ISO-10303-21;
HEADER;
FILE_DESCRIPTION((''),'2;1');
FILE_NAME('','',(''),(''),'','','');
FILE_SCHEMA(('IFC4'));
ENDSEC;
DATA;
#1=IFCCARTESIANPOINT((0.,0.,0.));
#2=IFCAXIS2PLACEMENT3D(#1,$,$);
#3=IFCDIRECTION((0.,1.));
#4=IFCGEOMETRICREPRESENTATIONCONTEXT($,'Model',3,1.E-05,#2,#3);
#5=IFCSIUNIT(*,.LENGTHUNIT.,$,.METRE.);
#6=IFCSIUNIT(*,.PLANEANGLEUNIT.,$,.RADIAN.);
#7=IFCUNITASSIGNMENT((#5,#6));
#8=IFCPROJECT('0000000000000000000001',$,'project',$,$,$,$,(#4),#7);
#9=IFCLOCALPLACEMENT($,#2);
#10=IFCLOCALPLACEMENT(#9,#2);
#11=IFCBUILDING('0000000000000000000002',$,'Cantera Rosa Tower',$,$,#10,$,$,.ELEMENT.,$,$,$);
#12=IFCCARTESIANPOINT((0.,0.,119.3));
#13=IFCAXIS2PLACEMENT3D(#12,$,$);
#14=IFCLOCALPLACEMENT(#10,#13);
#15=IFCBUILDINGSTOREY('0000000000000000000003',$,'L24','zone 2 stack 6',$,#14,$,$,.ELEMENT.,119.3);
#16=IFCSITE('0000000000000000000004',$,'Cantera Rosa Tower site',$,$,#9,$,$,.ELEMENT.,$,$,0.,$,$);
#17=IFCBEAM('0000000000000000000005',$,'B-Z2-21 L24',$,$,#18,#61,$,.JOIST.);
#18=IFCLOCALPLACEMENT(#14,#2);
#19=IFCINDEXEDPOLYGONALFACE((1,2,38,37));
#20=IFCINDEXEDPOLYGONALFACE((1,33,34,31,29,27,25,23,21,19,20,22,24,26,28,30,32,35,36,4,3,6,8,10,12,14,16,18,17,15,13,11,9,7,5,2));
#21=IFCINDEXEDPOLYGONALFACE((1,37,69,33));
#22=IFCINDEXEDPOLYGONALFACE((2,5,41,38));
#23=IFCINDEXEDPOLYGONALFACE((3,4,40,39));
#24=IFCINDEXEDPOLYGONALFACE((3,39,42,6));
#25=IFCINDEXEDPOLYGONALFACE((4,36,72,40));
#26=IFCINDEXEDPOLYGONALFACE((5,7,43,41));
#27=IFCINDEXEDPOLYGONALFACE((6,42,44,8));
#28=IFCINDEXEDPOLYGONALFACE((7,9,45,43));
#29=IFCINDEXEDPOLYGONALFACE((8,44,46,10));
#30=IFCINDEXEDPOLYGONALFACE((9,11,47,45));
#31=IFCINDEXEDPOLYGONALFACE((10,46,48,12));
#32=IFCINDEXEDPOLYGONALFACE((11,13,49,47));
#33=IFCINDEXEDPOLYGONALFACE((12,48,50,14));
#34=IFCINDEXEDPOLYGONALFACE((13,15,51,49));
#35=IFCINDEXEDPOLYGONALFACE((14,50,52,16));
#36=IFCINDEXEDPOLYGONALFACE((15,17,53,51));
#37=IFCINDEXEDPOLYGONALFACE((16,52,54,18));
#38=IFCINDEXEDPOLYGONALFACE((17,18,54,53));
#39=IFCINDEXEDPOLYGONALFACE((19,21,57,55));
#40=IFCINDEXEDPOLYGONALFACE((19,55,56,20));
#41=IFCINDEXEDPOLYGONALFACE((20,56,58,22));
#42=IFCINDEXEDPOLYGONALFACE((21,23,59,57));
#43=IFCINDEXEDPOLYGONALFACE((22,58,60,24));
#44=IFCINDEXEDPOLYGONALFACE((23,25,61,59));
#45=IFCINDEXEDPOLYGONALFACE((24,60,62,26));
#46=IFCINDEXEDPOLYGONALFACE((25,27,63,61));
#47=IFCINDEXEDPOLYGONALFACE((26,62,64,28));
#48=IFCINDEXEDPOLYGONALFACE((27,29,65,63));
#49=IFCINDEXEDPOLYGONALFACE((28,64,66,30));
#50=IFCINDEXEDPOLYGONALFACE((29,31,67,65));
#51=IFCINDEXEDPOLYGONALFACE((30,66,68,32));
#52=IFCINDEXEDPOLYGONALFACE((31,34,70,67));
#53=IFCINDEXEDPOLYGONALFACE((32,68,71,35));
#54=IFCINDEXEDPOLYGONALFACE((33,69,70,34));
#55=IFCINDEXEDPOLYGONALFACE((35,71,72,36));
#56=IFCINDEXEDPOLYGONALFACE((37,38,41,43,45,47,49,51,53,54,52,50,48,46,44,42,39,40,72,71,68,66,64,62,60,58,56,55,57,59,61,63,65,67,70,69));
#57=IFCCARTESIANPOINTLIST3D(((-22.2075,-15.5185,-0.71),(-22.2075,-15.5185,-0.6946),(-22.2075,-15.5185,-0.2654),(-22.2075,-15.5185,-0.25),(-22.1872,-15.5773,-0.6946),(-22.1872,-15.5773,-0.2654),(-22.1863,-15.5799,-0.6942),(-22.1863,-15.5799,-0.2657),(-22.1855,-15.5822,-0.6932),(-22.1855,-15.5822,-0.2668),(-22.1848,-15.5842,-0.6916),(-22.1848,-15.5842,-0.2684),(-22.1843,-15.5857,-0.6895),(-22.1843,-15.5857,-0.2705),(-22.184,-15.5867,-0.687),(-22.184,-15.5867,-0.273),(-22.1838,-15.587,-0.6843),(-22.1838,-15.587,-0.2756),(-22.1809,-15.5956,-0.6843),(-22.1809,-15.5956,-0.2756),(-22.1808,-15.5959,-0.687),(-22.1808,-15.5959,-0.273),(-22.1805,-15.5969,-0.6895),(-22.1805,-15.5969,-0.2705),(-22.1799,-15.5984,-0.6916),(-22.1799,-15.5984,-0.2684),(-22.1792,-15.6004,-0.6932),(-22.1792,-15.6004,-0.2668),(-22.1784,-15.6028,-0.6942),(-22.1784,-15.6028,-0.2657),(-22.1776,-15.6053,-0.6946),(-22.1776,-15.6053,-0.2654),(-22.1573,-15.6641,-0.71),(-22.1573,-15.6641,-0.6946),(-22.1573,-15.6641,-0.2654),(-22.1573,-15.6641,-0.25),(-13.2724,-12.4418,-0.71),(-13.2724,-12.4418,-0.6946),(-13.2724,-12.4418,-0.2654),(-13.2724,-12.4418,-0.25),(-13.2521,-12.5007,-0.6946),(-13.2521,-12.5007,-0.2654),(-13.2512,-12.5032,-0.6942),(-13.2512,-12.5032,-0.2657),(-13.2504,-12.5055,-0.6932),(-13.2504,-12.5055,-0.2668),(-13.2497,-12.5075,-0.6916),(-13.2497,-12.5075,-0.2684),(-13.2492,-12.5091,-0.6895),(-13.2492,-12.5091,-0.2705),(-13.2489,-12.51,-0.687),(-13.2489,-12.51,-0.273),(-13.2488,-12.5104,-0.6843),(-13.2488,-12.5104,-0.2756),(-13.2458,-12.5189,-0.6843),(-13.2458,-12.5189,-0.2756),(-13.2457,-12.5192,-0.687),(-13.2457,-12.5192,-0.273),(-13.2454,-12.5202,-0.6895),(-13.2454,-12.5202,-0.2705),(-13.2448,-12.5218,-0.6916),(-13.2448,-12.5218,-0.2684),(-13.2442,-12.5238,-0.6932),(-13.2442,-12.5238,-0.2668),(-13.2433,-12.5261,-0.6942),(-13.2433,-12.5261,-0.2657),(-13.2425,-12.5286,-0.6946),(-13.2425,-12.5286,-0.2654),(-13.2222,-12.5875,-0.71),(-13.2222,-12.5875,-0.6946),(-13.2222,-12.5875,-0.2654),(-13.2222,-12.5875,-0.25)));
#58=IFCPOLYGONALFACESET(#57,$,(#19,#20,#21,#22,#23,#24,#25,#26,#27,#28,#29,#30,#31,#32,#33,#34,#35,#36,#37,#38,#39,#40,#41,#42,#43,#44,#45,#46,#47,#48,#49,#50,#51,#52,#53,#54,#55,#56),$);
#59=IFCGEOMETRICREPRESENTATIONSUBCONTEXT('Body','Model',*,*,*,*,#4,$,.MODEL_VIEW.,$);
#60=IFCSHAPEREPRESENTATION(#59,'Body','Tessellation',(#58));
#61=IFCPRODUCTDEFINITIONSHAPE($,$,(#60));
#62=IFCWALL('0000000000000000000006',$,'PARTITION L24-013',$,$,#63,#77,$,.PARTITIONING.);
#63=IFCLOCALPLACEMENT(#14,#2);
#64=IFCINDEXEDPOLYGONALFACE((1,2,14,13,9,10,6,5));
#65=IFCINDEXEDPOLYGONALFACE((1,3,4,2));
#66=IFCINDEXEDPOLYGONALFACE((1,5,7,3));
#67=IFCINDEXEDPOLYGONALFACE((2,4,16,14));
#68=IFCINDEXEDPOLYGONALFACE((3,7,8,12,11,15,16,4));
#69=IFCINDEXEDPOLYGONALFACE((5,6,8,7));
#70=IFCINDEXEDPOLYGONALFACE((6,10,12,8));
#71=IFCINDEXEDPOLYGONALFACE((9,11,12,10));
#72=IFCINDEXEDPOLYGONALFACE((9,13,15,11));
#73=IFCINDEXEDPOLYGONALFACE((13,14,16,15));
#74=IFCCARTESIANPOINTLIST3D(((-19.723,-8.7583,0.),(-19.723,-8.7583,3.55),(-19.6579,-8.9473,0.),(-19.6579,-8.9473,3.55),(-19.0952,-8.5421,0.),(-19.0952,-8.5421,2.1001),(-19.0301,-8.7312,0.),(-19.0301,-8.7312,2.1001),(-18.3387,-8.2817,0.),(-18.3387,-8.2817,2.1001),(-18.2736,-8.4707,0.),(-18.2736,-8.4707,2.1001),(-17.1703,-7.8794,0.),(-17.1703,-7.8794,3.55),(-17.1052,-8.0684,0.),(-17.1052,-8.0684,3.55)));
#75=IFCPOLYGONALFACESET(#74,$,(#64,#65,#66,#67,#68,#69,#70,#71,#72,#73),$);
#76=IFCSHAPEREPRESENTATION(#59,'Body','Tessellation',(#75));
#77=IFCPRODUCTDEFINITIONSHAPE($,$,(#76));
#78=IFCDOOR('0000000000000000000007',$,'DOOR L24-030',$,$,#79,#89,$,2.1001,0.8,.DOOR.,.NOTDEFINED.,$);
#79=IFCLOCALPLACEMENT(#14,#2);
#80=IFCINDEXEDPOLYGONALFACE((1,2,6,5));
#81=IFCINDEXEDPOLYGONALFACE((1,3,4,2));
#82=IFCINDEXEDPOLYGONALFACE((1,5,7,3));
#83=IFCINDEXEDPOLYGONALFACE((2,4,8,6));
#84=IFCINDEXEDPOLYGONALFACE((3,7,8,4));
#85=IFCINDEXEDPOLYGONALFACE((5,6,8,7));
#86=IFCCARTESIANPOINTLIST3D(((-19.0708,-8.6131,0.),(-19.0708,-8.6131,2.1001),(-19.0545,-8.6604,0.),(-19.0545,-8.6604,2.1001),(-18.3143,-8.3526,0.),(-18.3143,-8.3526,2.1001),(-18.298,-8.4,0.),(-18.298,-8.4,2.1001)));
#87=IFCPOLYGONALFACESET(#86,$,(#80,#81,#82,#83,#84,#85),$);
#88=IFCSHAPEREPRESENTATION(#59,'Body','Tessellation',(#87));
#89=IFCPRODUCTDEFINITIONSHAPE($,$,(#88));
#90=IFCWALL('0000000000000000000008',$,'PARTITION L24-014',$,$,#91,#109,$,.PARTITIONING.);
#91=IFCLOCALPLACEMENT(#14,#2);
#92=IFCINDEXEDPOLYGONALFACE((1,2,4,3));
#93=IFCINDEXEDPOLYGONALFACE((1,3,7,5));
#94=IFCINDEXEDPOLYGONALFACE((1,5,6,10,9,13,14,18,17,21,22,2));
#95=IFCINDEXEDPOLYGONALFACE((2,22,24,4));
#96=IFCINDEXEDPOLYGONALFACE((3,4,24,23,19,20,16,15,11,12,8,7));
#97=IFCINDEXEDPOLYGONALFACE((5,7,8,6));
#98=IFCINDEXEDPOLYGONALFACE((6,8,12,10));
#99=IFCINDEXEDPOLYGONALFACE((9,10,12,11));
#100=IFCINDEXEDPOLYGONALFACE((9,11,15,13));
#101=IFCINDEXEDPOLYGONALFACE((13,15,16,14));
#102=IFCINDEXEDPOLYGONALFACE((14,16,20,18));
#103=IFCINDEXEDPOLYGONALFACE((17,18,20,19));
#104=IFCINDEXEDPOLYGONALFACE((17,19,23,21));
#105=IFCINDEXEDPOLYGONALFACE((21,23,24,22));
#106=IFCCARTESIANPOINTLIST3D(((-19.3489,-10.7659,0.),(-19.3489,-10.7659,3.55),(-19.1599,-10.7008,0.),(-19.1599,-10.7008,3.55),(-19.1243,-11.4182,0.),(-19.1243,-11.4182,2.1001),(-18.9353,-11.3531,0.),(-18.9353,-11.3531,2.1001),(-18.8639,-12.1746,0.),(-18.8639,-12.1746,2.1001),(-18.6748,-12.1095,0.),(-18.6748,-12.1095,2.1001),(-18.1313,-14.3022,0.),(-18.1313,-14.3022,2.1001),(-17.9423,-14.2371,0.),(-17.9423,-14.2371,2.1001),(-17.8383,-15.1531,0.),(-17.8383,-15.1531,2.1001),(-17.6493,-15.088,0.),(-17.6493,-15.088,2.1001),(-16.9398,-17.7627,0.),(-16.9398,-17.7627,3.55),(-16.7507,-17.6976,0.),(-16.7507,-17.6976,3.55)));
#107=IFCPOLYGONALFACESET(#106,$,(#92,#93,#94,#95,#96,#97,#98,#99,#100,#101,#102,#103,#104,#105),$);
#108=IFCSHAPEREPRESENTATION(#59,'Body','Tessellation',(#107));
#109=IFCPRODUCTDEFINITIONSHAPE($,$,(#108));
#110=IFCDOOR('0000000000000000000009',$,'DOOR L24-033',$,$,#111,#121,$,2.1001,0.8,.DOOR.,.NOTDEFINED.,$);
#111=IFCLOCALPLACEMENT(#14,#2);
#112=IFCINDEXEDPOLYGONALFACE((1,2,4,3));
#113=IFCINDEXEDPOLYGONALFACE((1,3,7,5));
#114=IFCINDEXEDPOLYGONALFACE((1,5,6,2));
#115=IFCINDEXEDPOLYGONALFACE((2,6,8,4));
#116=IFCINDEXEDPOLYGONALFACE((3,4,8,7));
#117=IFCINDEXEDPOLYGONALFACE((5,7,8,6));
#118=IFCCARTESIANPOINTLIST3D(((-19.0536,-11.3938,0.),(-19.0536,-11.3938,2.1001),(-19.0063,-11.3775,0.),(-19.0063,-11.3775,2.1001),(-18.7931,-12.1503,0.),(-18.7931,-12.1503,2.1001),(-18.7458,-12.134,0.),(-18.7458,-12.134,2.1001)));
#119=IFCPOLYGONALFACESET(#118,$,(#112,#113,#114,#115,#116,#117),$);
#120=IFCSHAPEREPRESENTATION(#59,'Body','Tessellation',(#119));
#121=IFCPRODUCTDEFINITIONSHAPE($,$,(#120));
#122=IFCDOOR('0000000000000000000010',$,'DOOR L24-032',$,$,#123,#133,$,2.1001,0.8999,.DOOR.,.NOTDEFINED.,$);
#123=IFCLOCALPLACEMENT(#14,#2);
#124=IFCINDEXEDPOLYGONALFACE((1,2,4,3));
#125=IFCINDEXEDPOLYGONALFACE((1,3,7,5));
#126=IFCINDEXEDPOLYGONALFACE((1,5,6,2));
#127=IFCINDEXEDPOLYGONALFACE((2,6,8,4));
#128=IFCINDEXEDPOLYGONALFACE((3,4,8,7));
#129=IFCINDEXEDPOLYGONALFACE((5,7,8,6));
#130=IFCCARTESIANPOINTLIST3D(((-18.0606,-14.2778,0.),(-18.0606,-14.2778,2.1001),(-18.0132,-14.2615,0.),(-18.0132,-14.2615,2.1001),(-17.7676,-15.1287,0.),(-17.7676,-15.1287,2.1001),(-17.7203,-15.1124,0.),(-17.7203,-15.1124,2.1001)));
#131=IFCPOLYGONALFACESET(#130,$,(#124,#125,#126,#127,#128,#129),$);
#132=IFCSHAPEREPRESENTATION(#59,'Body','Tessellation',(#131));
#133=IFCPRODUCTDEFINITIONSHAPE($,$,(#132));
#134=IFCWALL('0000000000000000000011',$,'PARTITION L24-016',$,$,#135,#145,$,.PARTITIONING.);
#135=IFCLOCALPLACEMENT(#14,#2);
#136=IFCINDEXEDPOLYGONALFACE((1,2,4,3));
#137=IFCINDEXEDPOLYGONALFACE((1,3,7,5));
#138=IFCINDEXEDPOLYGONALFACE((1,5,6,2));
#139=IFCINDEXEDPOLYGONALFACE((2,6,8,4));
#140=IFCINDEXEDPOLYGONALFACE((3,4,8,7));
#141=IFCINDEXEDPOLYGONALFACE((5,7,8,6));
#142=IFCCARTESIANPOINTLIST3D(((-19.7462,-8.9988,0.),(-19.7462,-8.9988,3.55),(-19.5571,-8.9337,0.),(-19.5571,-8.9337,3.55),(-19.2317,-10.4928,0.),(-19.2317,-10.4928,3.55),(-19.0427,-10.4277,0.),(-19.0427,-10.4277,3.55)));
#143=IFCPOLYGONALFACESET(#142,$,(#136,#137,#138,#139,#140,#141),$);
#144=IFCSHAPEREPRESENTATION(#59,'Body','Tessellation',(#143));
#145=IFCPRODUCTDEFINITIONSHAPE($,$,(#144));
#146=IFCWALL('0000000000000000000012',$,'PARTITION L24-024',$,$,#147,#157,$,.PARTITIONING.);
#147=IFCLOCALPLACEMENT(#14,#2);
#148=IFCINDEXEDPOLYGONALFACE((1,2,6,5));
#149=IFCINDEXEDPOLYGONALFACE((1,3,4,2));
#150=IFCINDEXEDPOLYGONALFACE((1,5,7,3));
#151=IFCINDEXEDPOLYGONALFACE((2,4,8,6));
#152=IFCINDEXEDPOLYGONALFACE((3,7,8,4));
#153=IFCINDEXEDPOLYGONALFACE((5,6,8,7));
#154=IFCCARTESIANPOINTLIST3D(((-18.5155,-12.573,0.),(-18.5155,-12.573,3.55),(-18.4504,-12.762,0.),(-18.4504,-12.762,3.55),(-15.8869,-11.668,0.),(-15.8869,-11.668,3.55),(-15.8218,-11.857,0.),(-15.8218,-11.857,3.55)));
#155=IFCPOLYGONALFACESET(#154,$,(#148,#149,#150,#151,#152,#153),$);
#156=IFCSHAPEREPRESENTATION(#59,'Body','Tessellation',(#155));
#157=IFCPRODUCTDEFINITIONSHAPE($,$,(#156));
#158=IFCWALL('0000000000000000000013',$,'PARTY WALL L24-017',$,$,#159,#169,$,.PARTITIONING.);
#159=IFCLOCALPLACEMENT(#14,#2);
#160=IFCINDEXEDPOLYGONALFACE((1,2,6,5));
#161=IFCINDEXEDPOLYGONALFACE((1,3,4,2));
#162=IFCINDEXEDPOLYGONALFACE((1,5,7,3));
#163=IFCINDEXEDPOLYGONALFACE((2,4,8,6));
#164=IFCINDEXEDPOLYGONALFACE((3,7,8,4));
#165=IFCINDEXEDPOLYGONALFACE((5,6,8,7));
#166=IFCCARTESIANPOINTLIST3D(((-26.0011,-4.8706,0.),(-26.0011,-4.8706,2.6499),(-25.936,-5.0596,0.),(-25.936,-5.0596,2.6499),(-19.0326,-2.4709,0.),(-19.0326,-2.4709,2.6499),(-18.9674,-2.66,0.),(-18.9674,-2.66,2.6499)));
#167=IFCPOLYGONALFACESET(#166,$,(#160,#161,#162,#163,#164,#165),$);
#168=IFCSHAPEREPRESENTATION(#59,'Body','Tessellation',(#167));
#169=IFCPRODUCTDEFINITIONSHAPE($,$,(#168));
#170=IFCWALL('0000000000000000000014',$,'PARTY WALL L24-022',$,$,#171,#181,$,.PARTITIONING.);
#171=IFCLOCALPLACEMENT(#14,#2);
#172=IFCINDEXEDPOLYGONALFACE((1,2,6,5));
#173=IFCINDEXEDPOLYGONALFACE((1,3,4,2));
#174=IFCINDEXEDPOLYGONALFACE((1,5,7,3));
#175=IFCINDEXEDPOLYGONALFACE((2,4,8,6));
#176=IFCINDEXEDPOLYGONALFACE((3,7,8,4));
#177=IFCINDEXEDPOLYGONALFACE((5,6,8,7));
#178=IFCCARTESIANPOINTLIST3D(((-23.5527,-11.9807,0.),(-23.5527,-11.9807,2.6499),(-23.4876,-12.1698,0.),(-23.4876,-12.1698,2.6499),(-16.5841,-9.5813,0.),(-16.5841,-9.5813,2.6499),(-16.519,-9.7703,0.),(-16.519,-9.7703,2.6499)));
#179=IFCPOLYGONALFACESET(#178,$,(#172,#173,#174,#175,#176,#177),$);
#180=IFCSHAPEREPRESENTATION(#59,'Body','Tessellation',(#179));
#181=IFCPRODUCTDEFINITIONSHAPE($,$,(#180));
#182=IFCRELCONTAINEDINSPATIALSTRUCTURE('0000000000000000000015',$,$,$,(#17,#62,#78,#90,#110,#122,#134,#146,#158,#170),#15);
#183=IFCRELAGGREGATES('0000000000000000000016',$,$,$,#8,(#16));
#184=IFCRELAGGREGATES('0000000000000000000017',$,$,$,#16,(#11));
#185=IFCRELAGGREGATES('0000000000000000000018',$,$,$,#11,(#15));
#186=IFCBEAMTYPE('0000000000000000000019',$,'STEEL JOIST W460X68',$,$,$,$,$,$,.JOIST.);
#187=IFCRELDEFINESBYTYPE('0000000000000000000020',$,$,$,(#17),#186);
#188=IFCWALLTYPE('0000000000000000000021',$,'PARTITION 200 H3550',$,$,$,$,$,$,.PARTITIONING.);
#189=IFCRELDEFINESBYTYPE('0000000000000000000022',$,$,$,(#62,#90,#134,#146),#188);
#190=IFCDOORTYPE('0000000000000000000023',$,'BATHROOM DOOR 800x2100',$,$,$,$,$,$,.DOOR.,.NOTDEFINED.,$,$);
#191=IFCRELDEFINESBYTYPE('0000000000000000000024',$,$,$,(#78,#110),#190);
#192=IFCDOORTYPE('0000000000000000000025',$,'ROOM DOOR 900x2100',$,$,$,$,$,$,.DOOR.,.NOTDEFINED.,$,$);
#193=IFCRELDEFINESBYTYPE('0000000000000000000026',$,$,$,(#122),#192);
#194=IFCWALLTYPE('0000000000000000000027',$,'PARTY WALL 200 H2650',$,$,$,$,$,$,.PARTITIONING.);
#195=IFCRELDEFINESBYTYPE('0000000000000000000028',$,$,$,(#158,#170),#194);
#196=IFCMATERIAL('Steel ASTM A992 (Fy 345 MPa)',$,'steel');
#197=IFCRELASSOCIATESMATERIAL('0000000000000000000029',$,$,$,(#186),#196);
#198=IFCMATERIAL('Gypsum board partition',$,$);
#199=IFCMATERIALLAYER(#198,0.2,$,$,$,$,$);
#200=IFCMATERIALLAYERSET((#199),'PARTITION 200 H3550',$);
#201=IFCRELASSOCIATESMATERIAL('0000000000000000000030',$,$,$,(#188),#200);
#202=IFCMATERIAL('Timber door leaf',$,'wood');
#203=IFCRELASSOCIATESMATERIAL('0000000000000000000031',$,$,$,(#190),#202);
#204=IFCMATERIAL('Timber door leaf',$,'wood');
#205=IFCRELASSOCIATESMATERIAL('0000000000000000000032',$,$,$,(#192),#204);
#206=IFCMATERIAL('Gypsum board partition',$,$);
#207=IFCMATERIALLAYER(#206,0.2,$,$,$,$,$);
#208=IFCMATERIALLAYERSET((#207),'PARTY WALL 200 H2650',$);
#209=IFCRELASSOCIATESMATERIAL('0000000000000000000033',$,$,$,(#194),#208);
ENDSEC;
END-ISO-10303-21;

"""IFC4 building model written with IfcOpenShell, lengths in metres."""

from ifc_helpers import new_model, si_unit, direction, frame, frame_2d, origin, origin_2d, place, context, subcontext, project, spatial, rectangle, i_section, extrude, material, layer, layer_set, material_profile, profile_set, type_object, element, fill, save


model = new_model("IFC4")

# Units and contexts
model_context = context("Model", 3, precision=1e-05, world=origin(), true_north=direction((0.0, 1.0)))
body_context = subcontext(model_context, "Body", "Model", "MODEL_VIEW")
ifc_project = project(units=[si_unit("LENGTHUNIT", "METRE"), si_unit("PLANEANGLEUNIT", "RADIAN")], contexts=[model_context])

# Site, building, storey
site_placement = place(None, origin())
site = spatial("IfcSite", under=ifc_project, at=site_placement, Name="Cantera Rosa Tower site", CompositionType="ELEMENT", RefElevation=0.0)
building_placement = place(site_placement, origin())
building = spatial("IfcBuilding", under=site, at=building_placement, Name="Cantera Rosa Tower", CompositionType="ELEMENT")
storey_placement = place(building_placement, frame((0.0, 0.0, 119.3)))
storey = spatial("IfcBuildingStorey", under=building, at=storey_placement, Name="L24", Description="zone 2 stack 6", CompositionType="ELEMENT", Elevation=119.3)

# Beam
ifc_material_1 = material(Name="Steel ASTM A992 (Fy 345 MPa)", Category="steel")
ifc_material_profile_1 = material_profile(ifc_material_1, i_section(OverallWidth=0.1541, OverallDepth=0.46, WebThickness=0.009, FlangeThickness=0.0154, FilletRadius=0.0103, at=origin_2d()), Name="W460X68")
ifc_profile_set_1 = profile_set([ifc_material_profile_1], Name="Steel ASTM A992 (Fy 345 MPa)")
beam_type_1 = type_object("IfcBeamType", Name="STEEL JOIST W460X68", PredefinedType="JOIST", material=ifc_profile_set_1)
beam_1_placement = place(storey_placement, frame((-22.1824, -15.5913, -0.48), z_axis=(0.945516, 0.325575, 0.0), x_axis=(-0.325575, 0.945516, 0.0)))
element("IfcBeam", 1, at=beam_1_placement, inside=storey, type_object=beam_type_1, Name="B-Z2-21 L24", PredefinedType="JOIST", context=body_context, shape_type="SweptSolid", body=[
    extrude(i_section(OverallWidth=0.1541, OverallDepth=0.46, WebThickness=0.009, FlangeThickness=0.0154, FilletRadius=0.0103, at=origin_2d()), origin(), (0.0, 0.0, 1.0), 9.45),
])

# Wall, opening, door
ifc_material_2 = material(Name="Gypsum board partition")
ifc_layer_1 = layer(ifc_material_2, 0.2)
ifc_layer_set_1 = layer_set([ifc_layer_1], Name="PARTITION 200 H3550")
wall_type_1 = type_object("IfcWallType", Name="PARTITION 200 H3550", PredefinedType="PARTITIONING", material=ifc_layer_set_1)
wall_1_placement = place(storey_placement, frame((-19.6904, -8.8528, 0.0), z_axis=(0.0, 0.0, 1.0), x_axis=(0.945527, 0.325545, 0.0)))
wall_1 = element("IfcWall", 2, at=wall_1_placement, inside=storey, type_object=wall_type_1, Name="PARTITION L24-013", PredefinedType="PARTITIONING", context=body_context, shape_type="SweptSolid", body=[
    extrude(rectangle(XDim=2.6997, YDim=0.2, at=frame_2d((1.3499, 0.0))), origin(), (0.0, 0.0, 1.0), 3.55),
])
opening_1_placement = place(wall_1_placement, frame((0.6641, 0.0, 0.0)))
opening_1 = element("IfcOpeningElement", 3, at=opening_1_placement, cuts=wall_1, PredefinedType="OPENING", context=body_context, shape_type="SweptSolid", body=[
    extrude(rectangle(XDim=0.8, YDim=2.1001, at=frame_2d((0.3999, 1.05))), frame((0.0, 0.1099, 0.0), z_axis=(0.0, -1.0, 0.0), x_axis=(1.0, 0.0, 0.0)), (0.0, 0.0, 1.0), 0.22),
])
ifc_material_3 = material(Name="Timber door leaf", Category="wood")
door_type_1 = type_object("IfcDoorType", Name="BATHROOM DOOR 800x2100", OperationType="NOTDEFINED", PredefinedType="DOOR", material=ifc_material_3)
door_1_placement = place(opening_1_placement, origin())
door_1 = element("IfcDoor", 4, at=door_1_placement, inside=storey, type_object=door_type_1, Name="DOOR L24-030", OperationType="NOTDEFINED", OverallHeight=2.1001, OverallWidth=0.8, PredefinedType="DOOR", context=body_context, shape_type="SweptSolid", body=[
    extrude(rectangle(XDim=0.8, YDim=2.1001, at=frame_2d((0.3999, 1.05))), frame((0.0, 0.0249, 0.0), z_axis=(0.0, -1.0, 0.0), x_axis=(1.0, 0.0, 0.0)), (0.0, 0.0, 1.0), 0.05),
])
fill(opening_1, door_1)

# Wall, openings, doors
wall_2_placement = place(storey_placement, frame((-19.2544, -10.7334, 0.0), z_axis=(0.0, 0.0, 1.0), x_axis=(0.325566, -0.945519, 0.0)))
wall_2 = element("IfcWall", 5, at=wall_2_placement, inside=storey, type_object=wall_type_1, Name="PARTITION L24-014", PredefinedType="PARTITIONING", context=body_context, shape_type="SweptSolid", body=[
    extrude(rectangle(XDim=7.3999, YDim=0.2, at=frame_2d((3.7, 0.0))), origin(), (0.0, 0.0, 1.0), 3.55),
])
opening_2_placement = place(wall_2_placement, frame((3.74, 0.0, 0.0)))
opening_2 = element("IfcOpeningElement", 6, at=opening_2_placement, cuts=wall_2, PredefinedType="OPENING", context=body_context, shape_type="SweptSolid", body=[
    extrude(rectangle(XDim=0.8999, YDim=2.1001, at=frame_2d((0.45, 1.05))), frame((0.0, 0.1099, 0.0), z_axis=(0.0, -1.0, 0.0), x_axis=(1.0, 0.0, 0.0)), (0.0, 0.0, 1.0), 0.22),
])
opening_3_placement = place(wall_2_placement, frame((0.6899, 0.0, 0.0)))
opening_3 = element("IfcOpeningElement", 7, at=opening_3_placement, cuts=wall_2, PredefinedType="OPENING", context=body_context, shape_type="SweptSolid", body=[
    extrude(rectangle(XDim=0.8, YDim=2.1001, at=frame_2d((0.3999, 1.05))), frame((0.0, 0.1099, 0.0), z_axis=(0.0, -1.0, 0.0), x_axis=(1.0, 0.0, 0.0)), (0.0, 0.0, 1.0), 0.22),
])
door_2_placement = place(opening_3_placement, origin())
door_2 = element("IfcDoor", 8, at=door_2_placement, inside=storey, type_object=door_type_1, Name="DOOR L24-033", OperationType="NOTDEFINED", OverallHeight=2.1001, OverallWidth=0.8, PredefinedType="DOOR", context=body_context, shape_type="SweptSolid", body=[
    extrude(rectangle(XDim=0.8, YDim=2.1001, at=frame_2d((0.3999, 1.05))), frame((0.0, 0.0249, 0.0), z_axis=(0.0, -1.0, 0.0), x_axis=(1.0, 0.0, 0.0)), (0.0, 0.0, 1.0), 0.05),
])
fill(opening_3, door_2)
ifc_material_4 = material(Name="Timber door leaf", Category="wood")
door_type_2 = type_object("IfcDoorType", Name="ROOM DOOR 900x2100", OperationType="NOTDEFINED", PredefinedType="DOOR", material=ifc_material_4)
door_3_placement = place(opening_2_placement, origin())
door_3 = element("IfcDoor", 9, at=door_3_placement, inside=storey, type_object=door_type_2, Name="DOOR L24-032", OperationType="NOTDEFINED", OverallHeight=2.1001, OverallWidth=0.8999, PredefinedType="DOOR", context=body_context, shape_type="SweptSolid", body=[
    extrude(rectangle(XDim=0.8999, YDim=2.1001, at=frame_2d((0.45, 1.05))), frame((0.0, 0.0249, 0.0), z_axis=(0.0, -1.0, 0.0), x_axis=(1.0, 0.0, 0.0)), (0.0, 0.0, 1.0), 0.05),
])
fill(opening_2, door_3)

# Walls
wall_3_placement = place(storey_placement, frame((-19.1372, -10.4602, 0.0), z_axis=(0.0, 0.0, 1.0), x_axis=(-0.325576, 0.945516, 0.0)))
element("IfcWall", 10, at=wall_3_placement, inside=storey, type_object=wall_type_1, Name="PARTITION L24-016", PredefinedType="PARTITIONING", context=body_context, shape_type="SweptSolid", body=[
    extrude(rectangle(XDim=1.5801, YDim=0.2, at=frame_2d((0.79, 0.0))), origin(), (0.0, 0.0, 1.0), 3.55),
])
wall_4_placement = place(storey_placement, frame((-15.8542, -11.7625, 0.0), z_axis=(0.0, 0.0, 1.0), x_axis=(-0.945529, -0.325539, 0.0)))
element("IfcWall", 11, at=wall_4_placement, inside=storey, type_object=wall_type_1, Name="PARTITION L24-024", PredefinedType="PARTITIONING", context=body_context, shape_type="SweptSolid", body=[
    extrude(rectangle(XDim=2.78, YDim=0.2, at=frame_2d((1.3901, 0.0))), origin(), (0.0, 0.0, 1.0), 3.55),
])
ifc_material_5 = material(Name="Gypsum board partition")
ifc_layer_2 = layer(ifc_material_5, 0.2)
ifc_layer_set_2 = layer_set([ifc_layer_2], Name="PARTY WALL 200 H2650")
wall_type_2 = type_object("IfcWallType", Name="PARTY WALL 200 H2650", PredefinedType="PARTITIONING", material=ifc_layer_set_2)
for number, where, z_axis, x_axis, name in (
    (12, (-19.0, -2.5654, 0.0), (0.0, 0.0, 1.0), (-0.94551, -0.325594, 0.0), "PARTY WALL L24-017"),
    (13, (-16.5515, -9.6758, 0.0), (0.0, 0.0, 1.0), (-0.94552, -0.325564, 0.0), "PARTY WALL L24-022"),
):
    element("IfcWall", number, at=place(storey_placement, frame(where, z_axis=z_axis, x_axis=x_axis)), inside=storey, type_object=wall_type_2, Name=name, PredefinedType="PARTITIONING", context=body_context, shape_type="SweptSolid", body=[
        extrude(rectangle(XDim=7.3701, YDim=0.2, at=frame_2d((3.6851, 0.0))), origin(), (0.0, 0.0, 1.0), 2.6499),
    ])

save(model, "model.ifc")
